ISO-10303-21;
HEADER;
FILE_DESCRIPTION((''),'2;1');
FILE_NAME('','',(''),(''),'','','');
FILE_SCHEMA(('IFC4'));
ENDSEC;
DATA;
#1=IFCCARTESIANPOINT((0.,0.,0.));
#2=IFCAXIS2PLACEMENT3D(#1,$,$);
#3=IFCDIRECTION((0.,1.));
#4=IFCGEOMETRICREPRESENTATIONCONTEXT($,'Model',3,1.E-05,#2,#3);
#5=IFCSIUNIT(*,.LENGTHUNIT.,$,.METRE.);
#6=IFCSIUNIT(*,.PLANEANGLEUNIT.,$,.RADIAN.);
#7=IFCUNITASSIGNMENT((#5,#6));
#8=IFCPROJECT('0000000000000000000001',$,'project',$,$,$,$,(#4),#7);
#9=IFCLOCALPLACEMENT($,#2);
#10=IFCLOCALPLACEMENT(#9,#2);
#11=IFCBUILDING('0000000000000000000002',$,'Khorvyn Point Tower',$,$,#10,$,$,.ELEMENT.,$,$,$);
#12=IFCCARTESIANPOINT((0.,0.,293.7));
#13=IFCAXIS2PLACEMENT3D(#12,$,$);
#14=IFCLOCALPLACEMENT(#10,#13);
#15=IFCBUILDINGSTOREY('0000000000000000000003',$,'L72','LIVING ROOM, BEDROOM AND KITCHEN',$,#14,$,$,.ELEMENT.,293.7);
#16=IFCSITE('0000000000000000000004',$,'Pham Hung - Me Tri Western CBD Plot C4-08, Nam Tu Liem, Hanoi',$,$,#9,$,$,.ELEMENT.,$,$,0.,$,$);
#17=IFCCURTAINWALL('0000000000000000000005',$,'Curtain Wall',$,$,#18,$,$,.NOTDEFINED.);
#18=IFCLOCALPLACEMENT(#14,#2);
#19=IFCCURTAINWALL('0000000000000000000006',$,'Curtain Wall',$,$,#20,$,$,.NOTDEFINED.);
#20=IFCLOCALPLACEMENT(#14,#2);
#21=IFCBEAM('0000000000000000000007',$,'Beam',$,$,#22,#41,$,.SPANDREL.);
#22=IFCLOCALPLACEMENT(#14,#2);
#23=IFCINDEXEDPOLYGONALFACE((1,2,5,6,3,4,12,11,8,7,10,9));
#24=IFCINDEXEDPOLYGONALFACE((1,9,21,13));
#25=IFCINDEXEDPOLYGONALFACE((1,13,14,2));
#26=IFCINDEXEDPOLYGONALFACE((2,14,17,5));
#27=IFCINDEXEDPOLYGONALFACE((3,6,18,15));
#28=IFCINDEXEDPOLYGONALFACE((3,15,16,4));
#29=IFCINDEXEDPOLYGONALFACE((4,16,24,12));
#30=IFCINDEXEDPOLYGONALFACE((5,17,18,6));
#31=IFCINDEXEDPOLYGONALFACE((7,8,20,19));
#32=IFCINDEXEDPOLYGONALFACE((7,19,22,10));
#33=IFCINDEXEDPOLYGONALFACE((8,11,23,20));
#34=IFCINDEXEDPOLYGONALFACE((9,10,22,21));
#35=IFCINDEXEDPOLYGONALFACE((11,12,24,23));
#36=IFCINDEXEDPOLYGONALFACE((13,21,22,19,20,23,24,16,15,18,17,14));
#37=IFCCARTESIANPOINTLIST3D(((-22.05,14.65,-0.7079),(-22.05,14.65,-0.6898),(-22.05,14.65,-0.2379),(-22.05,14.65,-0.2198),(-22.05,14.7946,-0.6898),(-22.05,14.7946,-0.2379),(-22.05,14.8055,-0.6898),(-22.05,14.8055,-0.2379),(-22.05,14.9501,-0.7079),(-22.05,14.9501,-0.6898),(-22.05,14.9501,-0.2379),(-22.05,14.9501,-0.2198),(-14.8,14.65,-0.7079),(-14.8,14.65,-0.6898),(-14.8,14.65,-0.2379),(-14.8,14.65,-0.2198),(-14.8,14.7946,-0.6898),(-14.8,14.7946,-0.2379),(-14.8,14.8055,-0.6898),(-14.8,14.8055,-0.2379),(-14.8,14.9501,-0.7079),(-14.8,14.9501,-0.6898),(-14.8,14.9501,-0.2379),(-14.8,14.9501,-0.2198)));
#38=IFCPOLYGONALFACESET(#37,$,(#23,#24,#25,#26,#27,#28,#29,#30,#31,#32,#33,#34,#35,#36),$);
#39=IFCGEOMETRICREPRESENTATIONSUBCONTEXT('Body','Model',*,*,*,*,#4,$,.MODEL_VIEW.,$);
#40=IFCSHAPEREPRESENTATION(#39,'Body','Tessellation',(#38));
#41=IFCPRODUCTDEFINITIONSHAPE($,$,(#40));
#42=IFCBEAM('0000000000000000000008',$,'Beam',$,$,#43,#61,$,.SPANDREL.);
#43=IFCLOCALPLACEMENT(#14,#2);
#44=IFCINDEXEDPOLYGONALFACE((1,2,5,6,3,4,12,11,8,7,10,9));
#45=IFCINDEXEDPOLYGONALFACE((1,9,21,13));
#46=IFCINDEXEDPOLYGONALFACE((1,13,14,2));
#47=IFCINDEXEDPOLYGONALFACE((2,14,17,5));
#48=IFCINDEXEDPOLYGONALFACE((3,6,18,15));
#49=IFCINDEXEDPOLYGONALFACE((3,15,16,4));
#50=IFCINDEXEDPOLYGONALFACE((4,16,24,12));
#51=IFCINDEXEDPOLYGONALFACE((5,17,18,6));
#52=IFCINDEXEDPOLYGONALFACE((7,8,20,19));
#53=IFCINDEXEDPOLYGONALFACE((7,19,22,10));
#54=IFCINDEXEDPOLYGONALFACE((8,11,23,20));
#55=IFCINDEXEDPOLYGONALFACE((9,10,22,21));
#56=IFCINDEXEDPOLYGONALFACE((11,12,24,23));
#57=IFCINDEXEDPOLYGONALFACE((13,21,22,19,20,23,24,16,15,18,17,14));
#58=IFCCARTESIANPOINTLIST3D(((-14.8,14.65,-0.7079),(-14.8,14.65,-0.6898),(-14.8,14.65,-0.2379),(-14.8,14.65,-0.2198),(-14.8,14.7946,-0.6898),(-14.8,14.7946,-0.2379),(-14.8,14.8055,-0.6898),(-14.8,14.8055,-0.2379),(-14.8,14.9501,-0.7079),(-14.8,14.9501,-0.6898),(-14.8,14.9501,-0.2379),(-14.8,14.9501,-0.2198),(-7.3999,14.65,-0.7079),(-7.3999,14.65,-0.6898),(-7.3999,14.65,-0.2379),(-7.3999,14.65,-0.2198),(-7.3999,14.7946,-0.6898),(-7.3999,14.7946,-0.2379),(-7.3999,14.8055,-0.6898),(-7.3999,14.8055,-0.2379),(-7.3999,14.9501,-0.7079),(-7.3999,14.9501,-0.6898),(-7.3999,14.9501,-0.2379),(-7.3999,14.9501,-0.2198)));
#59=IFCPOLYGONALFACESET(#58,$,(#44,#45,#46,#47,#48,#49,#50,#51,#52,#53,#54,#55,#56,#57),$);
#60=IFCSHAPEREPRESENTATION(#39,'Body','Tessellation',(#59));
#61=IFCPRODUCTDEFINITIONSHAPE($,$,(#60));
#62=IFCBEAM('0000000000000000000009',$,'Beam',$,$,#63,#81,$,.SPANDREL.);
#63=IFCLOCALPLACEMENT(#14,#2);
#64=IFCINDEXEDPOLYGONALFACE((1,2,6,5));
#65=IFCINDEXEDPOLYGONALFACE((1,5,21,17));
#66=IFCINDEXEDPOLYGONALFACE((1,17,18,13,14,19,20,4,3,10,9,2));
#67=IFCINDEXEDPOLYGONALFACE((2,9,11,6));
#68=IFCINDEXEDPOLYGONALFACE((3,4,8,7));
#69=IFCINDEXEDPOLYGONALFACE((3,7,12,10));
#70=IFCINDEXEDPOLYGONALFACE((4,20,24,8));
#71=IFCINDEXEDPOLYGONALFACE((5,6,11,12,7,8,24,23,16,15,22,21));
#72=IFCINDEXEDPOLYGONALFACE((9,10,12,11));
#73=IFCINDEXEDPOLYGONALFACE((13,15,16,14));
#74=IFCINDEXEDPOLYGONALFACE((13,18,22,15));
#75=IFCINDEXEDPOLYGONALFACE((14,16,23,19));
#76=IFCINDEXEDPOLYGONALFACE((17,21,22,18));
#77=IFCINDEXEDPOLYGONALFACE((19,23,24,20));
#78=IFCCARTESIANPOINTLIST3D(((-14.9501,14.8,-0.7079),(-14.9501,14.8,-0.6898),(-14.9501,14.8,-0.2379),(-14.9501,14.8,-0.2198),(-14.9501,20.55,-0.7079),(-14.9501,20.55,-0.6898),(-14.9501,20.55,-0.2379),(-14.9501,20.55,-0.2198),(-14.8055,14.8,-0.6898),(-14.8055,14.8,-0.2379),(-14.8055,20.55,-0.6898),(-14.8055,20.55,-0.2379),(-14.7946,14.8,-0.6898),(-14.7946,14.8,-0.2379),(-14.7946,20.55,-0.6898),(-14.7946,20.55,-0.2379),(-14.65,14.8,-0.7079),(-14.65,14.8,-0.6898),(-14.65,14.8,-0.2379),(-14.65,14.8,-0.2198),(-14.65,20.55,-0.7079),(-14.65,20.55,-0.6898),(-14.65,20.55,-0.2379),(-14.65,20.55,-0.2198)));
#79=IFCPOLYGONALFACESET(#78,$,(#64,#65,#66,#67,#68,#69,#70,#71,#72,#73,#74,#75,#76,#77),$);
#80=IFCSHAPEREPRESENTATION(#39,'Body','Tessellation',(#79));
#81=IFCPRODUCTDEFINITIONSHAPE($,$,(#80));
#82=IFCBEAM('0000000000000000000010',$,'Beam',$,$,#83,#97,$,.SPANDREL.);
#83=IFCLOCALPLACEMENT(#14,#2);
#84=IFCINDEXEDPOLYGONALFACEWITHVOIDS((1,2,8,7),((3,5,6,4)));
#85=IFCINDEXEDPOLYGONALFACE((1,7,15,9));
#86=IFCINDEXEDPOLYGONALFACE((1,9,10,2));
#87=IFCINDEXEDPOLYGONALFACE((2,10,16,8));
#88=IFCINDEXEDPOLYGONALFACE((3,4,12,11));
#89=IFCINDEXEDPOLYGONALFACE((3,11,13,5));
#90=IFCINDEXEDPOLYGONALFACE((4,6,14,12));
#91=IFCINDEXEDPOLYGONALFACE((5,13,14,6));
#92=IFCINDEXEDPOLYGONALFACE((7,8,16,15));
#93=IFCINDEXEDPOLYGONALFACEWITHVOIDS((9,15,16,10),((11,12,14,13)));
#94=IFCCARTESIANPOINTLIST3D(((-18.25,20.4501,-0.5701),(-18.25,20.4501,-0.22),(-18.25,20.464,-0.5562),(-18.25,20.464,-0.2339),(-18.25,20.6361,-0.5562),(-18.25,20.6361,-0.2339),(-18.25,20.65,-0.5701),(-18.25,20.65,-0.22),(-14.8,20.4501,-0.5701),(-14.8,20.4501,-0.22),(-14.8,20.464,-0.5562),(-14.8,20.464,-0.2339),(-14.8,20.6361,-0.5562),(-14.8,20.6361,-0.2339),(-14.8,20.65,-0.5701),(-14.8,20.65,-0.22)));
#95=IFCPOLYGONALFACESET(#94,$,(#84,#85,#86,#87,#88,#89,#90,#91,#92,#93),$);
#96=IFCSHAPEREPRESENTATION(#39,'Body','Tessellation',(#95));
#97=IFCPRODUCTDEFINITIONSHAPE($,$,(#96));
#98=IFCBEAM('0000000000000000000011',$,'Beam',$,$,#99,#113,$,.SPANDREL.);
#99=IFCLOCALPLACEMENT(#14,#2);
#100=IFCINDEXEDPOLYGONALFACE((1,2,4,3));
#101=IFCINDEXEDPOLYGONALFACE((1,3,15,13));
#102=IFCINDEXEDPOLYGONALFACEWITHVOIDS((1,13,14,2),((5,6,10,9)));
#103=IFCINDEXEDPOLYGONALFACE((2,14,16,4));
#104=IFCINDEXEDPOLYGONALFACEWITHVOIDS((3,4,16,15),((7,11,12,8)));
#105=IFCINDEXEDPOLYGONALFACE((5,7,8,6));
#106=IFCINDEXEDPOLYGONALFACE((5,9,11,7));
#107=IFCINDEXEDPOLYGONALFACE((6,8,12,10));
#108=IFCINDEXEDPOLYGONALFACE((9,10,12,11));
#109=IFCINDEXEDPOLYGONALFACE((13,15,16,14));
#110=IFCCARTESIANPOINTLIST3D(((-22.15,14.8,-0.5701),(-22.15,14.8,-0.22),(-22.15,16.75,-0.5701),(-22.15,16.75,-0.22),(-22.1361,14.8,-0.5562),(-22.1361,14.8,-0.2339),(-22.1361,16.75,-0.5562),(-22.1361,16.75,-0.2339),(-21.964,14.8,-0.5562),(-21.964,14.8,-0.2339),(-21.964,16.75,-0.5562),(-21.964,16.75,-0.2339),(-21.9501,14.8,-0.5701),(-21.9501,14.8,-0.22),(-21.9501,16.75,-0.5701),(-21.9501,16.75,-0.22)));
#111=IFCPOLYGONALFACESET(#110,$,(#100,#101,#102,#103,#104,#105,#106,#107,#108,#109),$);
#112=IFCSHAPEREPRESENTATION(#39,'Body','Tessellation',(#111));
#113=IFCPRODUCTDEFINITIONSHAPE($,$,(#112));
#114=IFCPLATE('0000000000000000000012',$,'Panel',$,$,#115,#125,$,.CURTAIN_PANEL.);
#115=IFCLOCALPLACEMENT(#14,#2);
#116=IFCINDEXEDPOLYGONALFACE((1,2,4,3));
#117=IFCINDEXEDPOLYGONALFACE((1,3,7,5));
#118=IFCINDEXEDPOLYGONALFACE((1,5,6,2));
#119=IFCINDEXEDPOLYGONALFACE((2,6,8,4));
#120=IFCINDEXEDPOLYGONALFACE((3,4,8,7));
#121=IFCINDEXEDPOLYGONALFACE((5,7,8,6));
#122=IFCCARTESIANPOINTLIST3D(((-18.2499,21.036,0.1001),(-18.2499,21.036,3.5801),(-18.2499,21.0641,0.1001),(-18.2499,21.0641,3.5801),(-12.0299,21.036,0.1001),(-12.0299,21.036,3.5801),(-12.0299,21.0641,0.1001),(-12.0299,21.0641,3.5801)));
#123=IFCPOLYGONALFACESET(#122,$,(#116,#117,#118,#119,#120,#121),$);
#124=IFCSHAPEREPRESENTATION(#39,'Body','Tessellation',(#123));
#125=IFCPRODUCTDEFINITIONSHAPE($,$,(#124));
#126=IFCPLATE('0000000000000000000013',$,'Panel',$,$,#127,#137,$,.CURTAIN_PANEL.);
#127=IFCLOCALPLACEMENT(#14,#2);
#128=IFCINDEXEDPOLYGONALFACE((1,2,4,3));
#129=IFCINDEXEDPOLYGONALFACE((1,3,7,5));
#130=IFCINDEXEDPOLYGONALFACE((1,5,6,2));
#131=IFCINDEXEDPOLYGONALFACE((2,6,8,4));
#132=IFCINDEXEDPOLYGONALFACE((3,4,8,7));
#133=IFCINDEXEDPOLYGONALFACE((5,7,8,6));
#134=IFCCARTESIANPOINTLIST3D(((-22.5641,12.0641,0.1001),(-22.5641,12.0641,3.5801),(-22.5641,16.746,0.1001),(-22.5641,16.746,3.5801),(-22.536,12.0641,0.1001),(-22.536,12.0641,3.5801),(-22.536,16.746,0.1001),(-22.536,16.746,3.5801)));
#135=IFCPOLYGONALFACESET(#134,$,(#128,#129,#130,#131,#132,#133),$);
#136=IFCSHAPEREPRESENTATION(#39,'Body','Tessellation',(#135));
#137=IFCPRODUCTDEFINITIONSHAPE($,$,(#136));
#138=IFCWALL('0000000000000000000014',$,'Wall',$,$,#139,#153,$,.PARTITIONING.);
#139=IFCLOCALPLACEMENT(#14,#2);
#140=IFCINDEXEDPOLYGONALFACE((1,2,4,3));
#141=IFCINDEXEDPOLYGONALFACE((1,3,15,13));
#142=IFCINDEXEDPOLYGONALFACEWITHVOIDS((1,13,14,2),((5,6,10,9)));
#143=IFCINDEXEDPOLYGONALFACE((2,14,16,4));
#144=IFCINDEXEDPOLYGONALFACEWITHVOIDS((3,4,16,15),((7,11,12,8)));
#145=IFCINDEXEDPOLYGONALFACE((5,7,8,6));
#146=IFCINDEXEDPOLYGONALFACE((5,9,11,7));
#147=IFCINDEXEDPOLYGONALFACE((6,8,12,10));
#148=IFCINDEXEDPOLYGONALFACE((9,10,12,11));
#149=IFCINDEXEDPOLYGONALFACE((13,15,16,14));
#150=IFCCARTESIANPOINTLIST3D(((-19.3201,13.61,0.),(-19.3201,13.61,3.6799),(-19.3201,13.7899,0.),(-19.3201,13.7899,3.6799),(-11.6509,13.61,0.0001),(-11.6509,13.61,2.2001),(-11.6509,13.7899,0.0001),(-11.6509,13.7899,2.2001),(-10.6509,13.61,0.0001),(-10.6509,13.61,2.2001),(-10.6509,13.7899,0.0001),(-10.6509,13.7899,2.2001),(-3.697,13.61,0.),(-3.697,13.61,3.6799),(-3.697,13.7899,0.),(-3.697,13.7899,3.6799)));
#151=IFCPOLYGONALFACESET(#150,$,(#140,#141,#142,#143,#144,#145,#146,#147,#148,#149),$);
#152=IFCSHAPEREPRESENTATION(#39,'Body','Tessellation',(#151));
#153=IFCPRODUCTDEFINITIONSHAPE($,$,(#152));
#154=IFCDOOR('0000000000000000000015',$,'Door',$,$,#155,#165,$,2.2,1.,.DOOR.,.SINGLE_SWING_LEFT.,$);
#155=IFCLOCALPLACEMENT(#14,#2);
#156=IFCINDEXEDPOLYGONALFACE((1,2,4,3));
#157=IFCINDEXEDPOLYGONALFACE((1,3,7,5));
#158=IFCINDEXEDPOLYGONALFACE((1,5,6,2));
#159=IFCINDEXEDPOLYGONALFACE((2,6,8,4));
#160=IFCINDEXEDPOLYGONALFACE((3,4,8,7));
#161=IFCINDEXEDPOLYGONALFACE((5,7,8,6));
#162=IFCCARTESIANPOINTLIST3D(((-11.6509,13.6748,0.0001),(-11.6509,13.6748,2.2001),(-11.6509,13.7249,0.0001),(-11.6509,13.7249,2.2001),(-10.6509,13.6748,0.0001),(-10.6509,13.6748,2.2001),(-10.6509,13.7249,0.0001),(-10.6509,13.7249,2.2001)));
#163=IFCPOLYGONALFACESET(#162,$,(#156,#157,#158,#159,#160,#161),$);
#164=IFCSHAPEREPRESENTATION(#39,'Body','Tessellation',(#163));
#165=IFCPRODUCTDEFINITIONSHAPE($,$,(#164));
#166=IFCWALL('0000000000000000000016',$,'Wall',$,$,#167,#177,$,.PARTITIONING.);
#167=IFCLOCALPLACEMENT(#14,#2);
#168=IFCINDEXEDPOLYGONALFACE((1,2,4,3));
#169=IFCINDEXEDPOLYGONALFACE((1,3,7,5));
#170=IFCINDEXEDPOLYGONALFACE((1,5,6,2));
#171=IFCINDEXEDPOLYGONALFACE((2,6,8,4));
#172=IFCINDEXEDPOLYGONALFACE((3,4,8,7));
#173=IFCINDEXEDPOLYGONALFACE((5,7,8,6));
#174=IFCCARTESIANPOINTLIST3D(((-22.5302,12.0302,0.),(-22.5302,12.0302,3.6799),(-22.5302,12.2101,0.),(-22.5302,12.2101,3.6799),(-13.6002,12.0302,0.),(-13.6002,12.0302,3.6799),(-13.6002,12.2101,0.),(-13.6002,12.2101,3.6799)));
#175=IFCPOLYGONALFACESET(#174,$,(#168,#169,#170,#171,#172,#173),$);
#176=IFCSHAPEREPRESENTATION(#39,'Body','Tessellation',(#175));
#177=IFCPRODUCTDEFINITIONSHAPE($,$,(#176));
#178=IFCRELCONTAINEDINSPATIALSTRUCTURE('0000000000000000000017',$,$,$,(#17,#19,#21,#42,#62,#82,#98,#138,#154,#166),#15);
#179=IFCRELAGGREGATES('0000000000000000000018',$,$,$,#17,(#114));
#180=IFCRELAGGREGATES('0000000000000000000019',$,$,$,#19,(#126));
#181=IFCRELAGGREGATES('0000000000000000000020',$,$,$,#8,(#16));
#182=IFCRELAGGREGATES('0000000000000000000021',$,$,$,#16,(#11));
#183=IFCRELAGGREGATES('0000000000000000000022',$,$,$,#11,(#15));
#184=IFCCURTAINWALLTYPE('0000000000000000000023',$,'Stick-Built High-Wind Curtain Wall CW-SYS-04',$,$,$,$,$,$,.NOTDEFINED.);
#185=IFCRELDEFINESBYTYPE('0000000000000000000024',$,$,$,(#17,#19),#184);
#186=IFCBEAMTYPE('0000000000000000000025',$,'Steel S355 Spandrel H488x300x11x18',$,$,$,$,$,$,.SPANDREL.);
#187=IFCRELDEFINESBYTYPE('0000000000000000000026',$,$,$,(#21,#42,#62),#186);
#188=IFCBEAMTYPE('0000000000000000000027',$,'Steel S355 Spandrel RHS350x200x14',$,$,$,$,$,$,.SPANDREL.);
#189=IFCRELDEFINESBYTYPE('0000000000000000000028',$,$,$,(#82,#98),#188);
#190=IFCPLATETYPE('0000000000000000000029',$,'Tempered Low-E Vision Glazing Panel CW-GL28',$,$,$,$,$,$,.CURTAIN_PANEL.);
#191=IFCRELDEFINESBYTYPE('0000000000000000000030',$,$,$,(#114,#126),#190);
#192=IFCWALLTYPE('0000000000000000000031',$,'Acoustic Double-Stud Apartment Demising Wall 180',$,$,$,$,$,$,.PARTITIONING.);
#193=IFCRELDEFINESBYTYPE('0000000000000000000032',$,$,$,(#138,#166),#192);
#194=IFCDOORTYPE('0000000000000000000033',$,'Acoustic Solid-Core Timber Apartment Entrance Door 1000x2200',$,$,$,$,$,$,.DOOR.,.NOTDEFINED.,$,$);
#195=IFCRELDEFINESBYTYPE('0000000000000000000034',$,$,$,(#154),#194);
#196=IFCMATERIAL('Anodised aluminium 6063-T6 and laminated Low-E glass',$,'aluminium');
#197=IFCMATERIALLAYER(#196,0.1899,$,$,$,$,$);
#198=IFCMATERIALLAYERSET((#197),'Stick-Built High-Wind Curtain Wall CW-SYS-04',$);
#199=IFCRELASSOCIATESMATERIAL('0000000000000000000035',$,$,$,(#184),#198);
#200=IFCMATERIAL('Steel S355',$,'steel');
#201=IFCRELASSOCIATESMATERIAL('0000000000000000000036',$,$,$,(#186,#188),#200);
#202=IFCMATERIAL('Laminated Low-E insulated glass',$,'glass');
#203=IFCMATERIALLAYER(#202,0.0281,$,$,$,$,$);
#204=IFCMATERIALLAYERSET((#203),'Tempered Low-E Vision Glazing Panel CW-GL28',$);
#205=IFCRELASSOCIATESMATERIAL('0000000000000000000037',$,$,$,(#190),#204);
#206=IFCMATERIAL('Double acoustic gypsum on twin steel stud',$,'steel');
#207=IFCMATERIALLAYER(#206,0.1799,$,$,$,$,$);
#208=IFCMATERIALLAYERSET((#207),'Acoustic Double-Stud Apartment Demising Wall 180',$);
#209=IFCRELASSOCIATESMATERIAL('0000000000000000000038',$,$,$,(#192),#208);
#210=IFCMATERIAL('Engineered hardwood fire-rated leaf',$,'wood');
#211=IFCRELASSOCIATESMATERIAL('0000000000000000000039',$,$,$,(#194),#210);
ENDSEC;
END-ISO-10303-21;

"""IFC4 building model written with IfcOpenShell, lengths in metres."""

from ifc_helpers import new_model, si_unit, direction, frame, frame_2d, origin, origin_2d, place, context, subcontext, project, spatial, rectangle, hollow_rectangle, i_section, extrude, material, layer, layer_set, material_profile, profile_set, type_object, element, fill, aggregate, save


model = new_model("IFC4")

# Units and contexts
model_context = context("Model", 3, precision=1e-05, world=origin(), true_north=direction((0.0, 1.0)))
body_context = subcontext(model_context, "Body", "Model", "MODEL_VIEW")
ifc_project = project(units=[si_unit("LENGTHUNIT", "METRE"), si_unit("PLANEANGLEUNIT", "RADIAN")], contexts=[model_context])

# Site, building, storey
site_placement = place(None, origin())
site = spatial("IfcSite", under=ifc_project, at=site_placement, Name="Pham Hung - Me Tri Western CBD Plot C4-08, Nam Tu Liem, Hanoi", CompositionType="ELEMENT", RefElevation=0.0)
building_placement = place(site_placement, origin())
building = spatial("IfcBuilding", under=site, at=building_placement, Name="Khorvyn Point Tower", CompositionType="ELEMENT")
storey_placement = place(building_placement, frame((0.0, 0.0, 293.7)))
storey = spatial("IfcBuildingStorey", under=building, at=storey_placement, Name="L72", Description="LIVING ROOM, BEDROOM AND KITCHEN", CompositionType="ELEMENT", Elevation=293.7)

# Shared definitions
ifc_material_1 = material(Name="Steel S355", Category="steel")

# Curtain walls
ifc_material_2 = material(Name="Anodised aluminium 6063-T6 and laminated Low-E glass", Category="aluminium")
ifc_layer_1 = layer(ifc_material_2, 0.1899)
ifc_layer_set_1 = layer_set([ifc_layer_1], Name="Stick-Built High-Wind Curtain Wall CW-SYS-04")
curtain_wall_type = type_object("IfcCurtainWallType", Name="Stick-Built High-Wind Curtain Wall CW-SYS-04", PredefinedType="NOTDEFINED", material=ifc_layer_set_1)
curtain_wall_1_placement = place(storey_placement, origin())
curtain_wall_1 = element("IfcCurtainWall", 1, at=curtain_wall_1_placement, inside=storey, type_object=curtain_wall_type, Name="Curtain Wall", PredefinedType="NOTDEFINED")
curtain_wall_2_placement = place(storey_placement, origin())
curtain_wall_2 = element("IfcCurtainWall", 2, at=curtain_wall_2_placement, inside=storey, type_object=curtain_wall_type, Name="Curtain Wall", PredefinedType="NOTDEFINED")

# Beams
ifc_material_profile_1 = material_profile(ifc_material_1, i_section(OverallWidth=0.3, OverallDepth=0.488, WebThickness=0.011, FlangeThickness=0.0181, at=origin_2d()))
ifc_profile_set_1 = profile_set([ifc_material_profile_1], Name="Steel S355 H488x300x11x18")
beam_type_1 = type_object("IfcBeamType", Name="Steel S355 Spandrel H488x300x11x18", PredefinedType="SPANDREL", material=ifc_profile_set_1)
beam_1_placement = place(storey_placement, frame((-22.05, 14.8, -0.4639), z_axis=(1.0, 0.0, 0.0), x_axis=(0.0, 1.0, 0.0)))
element("IfcBeam", 3, at=beam_1_placement, inside=storey, type_object=beam_type_1, Name="Beam", PredefinedType="SPANDREL", context=body_context, shape_type="SweptSolid", body=[
    extrude(i_section(OverallWidth=0.3, OverallDepth=0.488, WebThickness=0.011, FlangeThickness=0.0181, at=origin_2d()), origin(), (0.0, 0.0, 1.0), 7.25),
])
beam_2_placement = place(storey_placement, frame((-14.8, 14.8, -0.4639), z_axis=(1.0, 0.0, 0.0), x_axis=(0.0, 1.0, 0.0)))
element("IfcBeam", 4, at=beam_2_placement, inside=storey, type_object=beam_type_1, Name="Beam", PredefinedType="SPANDREL", context=body_context, shape_type="SweptSolid", body=[
    extrude(i_section(OverallWidth=0.3, OverallDepth=0.488, WebThickness=0.011, FlangeThickness=0.0181, at=origin_2d()), origin(), (0.0, 0.0, 1.0), 7.4001),
])
beam_3_placement = place(storey_placement, frame((-14.8, 14.8, -0.4639), z_axis=(0.0, 1.0, 0.0), x_axis=(-1.0, 0.0, 0.0)))
element("IfcBeam", 5, at=beam_3_placement, inside=storey, type_object=beam_type_1, Name="Beam", PredefinedType="SPANDREL", context=body_context, shape_type="SweptSolid", body=[
    extrude(i_section(OverallWidth=0.3, OverallDepth=0.488, WebThickness=0.011, FlangeThickness=0.0181, at=origin_2d()), origin(), (0.0, 0.0, 1.0), 5.75),
])
ifc_material_profile_2 = material_profile(ifc_material_1, hollow_rectangle(XDim=0.2, YDim=0.3501, WallThickness=0.0139, at=origin_2d()))
ifc_profile_set_2 = profile_set([ifc_material_profile_2], Name="Steel S355 RHS350x200x14")
beam_type_2 = type_object("IfcBeamType", Name="Steel S355 Spandrel RHS350x200x14", PredefinedType="SPANDREL", material=ifc_profile_set_2)
beam_4_placement = place(storey_placement, frame((-18.25, 20.55, -0.395), z_axis=(1.0, 0.0, 0.0), x_axis=(0.0, 1.0, 0.0)))
element("IfcBeam", 6, at=beam_4_placement, inside=storey, type_object=beam_type_2, Name="Beam", PredefinedType="SPANDREL", context=body_context, shape_type="SweptSolid", body=[
    extrude(hollow_rectangle(XDim=0.2, YDim=0.3501, WallThickness=0.0139, at=origin_2d()), origin(), (0.0, 0.0, 1.0), 3.45),
])
beam_5_placement = place(storey_placement, frame((-22.05, 14.8, -0.395), z_axis=(0.0, 1.0, 0.0), x_axis=(-1.0, 0.0, 0.0)))
element("IfcBeam", 7, at=beam_5_placement, inside=storey, type_object=beam_type_2, Name="Beam", PredefinedType="SPANDREL", context=body_context, shape_type="SweptSolid", body=[
    extrude(hollow_rectangle(XDim=0.2, YDim=0.3501, WallThickness=0.0139, at=origin_2d()), origin(), (0.0, 0.0, 1.0), 1.95),
])

# Plates
ifc_material_3 = material(Name="Laminated Low-E insulated glass", Category="glass")
ifc_layer_2 = layer(ifc_material_3, 0.0281)
ifc_layer_set_2 = layer_set([ifc_layer_2], Name="Tempered Low-E Vision Glazing Panel CW-GL28")
plate_type = type_object("IfcPlateType", Name="Tempered Low-E Vision Glazing Panel CW-GL28", PredefinedType="CURTAIN_PANEL", material=ifc_layer_set_2)
plate_1_placement = place(storey_placement, frame((-15.1399, 21.05, 0.1001), z_axis=(0.0, 0.0, 1.0), x_axis=(1.0, 0.0, 0.0)))
plate_1 = element("IfcPlate", 8, at=plate_1_placement, type_object=plate_type, Name="Panel", PredefinedType="CURTAIN_PANEL", context=body_context, shape_type="SweptSolid", body=[
    extrude(rectangle(XDim=6.22, YDim=0.0281, at=origin_2d()), origin(), (0.0, 0.0, 1.0), 3.48),
])
aggregate(curtain_wall_1, [plate_1])
plate_2_placement = place(storey_placement, frame((-22.55, 14.405, 0.1001), z_axis=(0.0, 0.0, 1.0), x_axis=(0.0, 1.0, 0.0)))
plate_2 = element("IfcPlate", 9, at=plate_2_placement, type_object=plate_type, Name="Panel", PredefinedType="CURTAIN_PANEL", context=body_context, shape_type="SweptSolid", body=[
    extrude(rectangle(XDim=4.6819, YDim=0.0281, at=origin_2d()), origin(), (0.0, 0.0, 1.0), 3.48),
])
aggregate(curtain_wall_2, [plate_2])

# Wall, opening, door
ifc_material_4 = material(Name="Double acoustic gypsum on twin steel stud", Category="steel")
ifc_layer_3 = layer(ifc_material_4, 0.1799)
ifc_layer_set_3 = layer_set([ifc_layer_3], Name="Acoustic Double-Stud Apartment Demising Wall 180")
wall_type_1 = type_object("IfcWallType", Name="Acoustic Double-Stud Apartment Demising Wall 180", PredefinedType="PARTITIONING", material=ifc_layer_set_3)
wall_1_placement = place(storey_placement, frame((-19.3201, 13.7, 0.0), z_axis=(0.0, 0.0, 1.0), x_axis=(1.0, 0.0, 0.0)))
wall_1 = element("IfcWall", 10, at=wall_1_placement, inside=storey, type_object=wall_type_1, Name="Wall", PredefinedType="PARTITIONING", context=body_context, shape_type="SweptSolid", body=[
    extrude(rectangle(XDim=15.623, YDim=0.1799, at=frame_2d((7.8115, 0.0))), origin(), (0.0, 0.0, 1.0), 3.6799),
])
opening_1_placement = place(wall_1_placement, frame((7.6692, 0.0, 0.0)))
opening_1 = element("IfcOpeningElement", 11, at=opening_1_placement, cuts=wall_1, PredefinedType="OPENING", context=body_context, shape_type="SweptSolid", body=[
    extrude(rectangle(XDim=1.0, YDim=2.2, at=frame_2d((0.5, 1.1001))), frame((0.0, 0.0999, 0.0), z_axis=(0.0, -1.0, 0.0), x_axis=(1.0, 0.0, 0.0)), (0.0, 0.0, 1.0), 0.2),
])
ifc_material_5 = material(Name="Engineered hardwood fire-rated leaf", Category="wood")
door_type = type_object("IfcDoorType", Name="Acoustic Solid-Core Timber Apartment Entrance Door 1000x2200", OperationType="NOTDEFINED", PredefinedType="DOOR", material=ifc_material_5)
door_placement = place(opening_1_placement, origin())
door = element("IfcDoor", 12, at=door_placement, inside=storey, type_object=door_type, Name="Door", OperationType="SINGLE_SWING_LEFT", OverallHeight=2.2, OverallWidth=1.0, PredefinedType="DOOR", context=body_context, shape_type="SweptSolid", body=[
    extrude(rectangle(XDim=1.0, YDim=2.2, at=frame_2d((0.5, 1.1001))), frame((0.0, 0.0249, 0.0), z_axis=(0.0, -1.0, 0.0), x_axis=(1.0, 0.0, 0.0)), (0.0, 0.0, 1.0), 0.05),
])
fill(opening_1, door)

# Wall
wall_2_placement = place(storey_placement, frame((-22.53, 12.1201, 0.0), z_axis=(0.0, 0.0, 1.0), x_axis=(1.0, 0.0, 0.0)))
element("IfcWall", 13, at=wall_2_placement, inside=storey, type_object=wall_type_1, Name="Wall", PredefinedType="PARTITIONING", context=body_context, shape_type="SweptSolid", body=[
    extrude(rectangle(XDim=8.9299, YDim=0.1799, at=frame_2d((4.4648, 0.0))), origin(), (0.0, 0.0, 1.0), 3.6799),
])

save(model, "model.ifc")
